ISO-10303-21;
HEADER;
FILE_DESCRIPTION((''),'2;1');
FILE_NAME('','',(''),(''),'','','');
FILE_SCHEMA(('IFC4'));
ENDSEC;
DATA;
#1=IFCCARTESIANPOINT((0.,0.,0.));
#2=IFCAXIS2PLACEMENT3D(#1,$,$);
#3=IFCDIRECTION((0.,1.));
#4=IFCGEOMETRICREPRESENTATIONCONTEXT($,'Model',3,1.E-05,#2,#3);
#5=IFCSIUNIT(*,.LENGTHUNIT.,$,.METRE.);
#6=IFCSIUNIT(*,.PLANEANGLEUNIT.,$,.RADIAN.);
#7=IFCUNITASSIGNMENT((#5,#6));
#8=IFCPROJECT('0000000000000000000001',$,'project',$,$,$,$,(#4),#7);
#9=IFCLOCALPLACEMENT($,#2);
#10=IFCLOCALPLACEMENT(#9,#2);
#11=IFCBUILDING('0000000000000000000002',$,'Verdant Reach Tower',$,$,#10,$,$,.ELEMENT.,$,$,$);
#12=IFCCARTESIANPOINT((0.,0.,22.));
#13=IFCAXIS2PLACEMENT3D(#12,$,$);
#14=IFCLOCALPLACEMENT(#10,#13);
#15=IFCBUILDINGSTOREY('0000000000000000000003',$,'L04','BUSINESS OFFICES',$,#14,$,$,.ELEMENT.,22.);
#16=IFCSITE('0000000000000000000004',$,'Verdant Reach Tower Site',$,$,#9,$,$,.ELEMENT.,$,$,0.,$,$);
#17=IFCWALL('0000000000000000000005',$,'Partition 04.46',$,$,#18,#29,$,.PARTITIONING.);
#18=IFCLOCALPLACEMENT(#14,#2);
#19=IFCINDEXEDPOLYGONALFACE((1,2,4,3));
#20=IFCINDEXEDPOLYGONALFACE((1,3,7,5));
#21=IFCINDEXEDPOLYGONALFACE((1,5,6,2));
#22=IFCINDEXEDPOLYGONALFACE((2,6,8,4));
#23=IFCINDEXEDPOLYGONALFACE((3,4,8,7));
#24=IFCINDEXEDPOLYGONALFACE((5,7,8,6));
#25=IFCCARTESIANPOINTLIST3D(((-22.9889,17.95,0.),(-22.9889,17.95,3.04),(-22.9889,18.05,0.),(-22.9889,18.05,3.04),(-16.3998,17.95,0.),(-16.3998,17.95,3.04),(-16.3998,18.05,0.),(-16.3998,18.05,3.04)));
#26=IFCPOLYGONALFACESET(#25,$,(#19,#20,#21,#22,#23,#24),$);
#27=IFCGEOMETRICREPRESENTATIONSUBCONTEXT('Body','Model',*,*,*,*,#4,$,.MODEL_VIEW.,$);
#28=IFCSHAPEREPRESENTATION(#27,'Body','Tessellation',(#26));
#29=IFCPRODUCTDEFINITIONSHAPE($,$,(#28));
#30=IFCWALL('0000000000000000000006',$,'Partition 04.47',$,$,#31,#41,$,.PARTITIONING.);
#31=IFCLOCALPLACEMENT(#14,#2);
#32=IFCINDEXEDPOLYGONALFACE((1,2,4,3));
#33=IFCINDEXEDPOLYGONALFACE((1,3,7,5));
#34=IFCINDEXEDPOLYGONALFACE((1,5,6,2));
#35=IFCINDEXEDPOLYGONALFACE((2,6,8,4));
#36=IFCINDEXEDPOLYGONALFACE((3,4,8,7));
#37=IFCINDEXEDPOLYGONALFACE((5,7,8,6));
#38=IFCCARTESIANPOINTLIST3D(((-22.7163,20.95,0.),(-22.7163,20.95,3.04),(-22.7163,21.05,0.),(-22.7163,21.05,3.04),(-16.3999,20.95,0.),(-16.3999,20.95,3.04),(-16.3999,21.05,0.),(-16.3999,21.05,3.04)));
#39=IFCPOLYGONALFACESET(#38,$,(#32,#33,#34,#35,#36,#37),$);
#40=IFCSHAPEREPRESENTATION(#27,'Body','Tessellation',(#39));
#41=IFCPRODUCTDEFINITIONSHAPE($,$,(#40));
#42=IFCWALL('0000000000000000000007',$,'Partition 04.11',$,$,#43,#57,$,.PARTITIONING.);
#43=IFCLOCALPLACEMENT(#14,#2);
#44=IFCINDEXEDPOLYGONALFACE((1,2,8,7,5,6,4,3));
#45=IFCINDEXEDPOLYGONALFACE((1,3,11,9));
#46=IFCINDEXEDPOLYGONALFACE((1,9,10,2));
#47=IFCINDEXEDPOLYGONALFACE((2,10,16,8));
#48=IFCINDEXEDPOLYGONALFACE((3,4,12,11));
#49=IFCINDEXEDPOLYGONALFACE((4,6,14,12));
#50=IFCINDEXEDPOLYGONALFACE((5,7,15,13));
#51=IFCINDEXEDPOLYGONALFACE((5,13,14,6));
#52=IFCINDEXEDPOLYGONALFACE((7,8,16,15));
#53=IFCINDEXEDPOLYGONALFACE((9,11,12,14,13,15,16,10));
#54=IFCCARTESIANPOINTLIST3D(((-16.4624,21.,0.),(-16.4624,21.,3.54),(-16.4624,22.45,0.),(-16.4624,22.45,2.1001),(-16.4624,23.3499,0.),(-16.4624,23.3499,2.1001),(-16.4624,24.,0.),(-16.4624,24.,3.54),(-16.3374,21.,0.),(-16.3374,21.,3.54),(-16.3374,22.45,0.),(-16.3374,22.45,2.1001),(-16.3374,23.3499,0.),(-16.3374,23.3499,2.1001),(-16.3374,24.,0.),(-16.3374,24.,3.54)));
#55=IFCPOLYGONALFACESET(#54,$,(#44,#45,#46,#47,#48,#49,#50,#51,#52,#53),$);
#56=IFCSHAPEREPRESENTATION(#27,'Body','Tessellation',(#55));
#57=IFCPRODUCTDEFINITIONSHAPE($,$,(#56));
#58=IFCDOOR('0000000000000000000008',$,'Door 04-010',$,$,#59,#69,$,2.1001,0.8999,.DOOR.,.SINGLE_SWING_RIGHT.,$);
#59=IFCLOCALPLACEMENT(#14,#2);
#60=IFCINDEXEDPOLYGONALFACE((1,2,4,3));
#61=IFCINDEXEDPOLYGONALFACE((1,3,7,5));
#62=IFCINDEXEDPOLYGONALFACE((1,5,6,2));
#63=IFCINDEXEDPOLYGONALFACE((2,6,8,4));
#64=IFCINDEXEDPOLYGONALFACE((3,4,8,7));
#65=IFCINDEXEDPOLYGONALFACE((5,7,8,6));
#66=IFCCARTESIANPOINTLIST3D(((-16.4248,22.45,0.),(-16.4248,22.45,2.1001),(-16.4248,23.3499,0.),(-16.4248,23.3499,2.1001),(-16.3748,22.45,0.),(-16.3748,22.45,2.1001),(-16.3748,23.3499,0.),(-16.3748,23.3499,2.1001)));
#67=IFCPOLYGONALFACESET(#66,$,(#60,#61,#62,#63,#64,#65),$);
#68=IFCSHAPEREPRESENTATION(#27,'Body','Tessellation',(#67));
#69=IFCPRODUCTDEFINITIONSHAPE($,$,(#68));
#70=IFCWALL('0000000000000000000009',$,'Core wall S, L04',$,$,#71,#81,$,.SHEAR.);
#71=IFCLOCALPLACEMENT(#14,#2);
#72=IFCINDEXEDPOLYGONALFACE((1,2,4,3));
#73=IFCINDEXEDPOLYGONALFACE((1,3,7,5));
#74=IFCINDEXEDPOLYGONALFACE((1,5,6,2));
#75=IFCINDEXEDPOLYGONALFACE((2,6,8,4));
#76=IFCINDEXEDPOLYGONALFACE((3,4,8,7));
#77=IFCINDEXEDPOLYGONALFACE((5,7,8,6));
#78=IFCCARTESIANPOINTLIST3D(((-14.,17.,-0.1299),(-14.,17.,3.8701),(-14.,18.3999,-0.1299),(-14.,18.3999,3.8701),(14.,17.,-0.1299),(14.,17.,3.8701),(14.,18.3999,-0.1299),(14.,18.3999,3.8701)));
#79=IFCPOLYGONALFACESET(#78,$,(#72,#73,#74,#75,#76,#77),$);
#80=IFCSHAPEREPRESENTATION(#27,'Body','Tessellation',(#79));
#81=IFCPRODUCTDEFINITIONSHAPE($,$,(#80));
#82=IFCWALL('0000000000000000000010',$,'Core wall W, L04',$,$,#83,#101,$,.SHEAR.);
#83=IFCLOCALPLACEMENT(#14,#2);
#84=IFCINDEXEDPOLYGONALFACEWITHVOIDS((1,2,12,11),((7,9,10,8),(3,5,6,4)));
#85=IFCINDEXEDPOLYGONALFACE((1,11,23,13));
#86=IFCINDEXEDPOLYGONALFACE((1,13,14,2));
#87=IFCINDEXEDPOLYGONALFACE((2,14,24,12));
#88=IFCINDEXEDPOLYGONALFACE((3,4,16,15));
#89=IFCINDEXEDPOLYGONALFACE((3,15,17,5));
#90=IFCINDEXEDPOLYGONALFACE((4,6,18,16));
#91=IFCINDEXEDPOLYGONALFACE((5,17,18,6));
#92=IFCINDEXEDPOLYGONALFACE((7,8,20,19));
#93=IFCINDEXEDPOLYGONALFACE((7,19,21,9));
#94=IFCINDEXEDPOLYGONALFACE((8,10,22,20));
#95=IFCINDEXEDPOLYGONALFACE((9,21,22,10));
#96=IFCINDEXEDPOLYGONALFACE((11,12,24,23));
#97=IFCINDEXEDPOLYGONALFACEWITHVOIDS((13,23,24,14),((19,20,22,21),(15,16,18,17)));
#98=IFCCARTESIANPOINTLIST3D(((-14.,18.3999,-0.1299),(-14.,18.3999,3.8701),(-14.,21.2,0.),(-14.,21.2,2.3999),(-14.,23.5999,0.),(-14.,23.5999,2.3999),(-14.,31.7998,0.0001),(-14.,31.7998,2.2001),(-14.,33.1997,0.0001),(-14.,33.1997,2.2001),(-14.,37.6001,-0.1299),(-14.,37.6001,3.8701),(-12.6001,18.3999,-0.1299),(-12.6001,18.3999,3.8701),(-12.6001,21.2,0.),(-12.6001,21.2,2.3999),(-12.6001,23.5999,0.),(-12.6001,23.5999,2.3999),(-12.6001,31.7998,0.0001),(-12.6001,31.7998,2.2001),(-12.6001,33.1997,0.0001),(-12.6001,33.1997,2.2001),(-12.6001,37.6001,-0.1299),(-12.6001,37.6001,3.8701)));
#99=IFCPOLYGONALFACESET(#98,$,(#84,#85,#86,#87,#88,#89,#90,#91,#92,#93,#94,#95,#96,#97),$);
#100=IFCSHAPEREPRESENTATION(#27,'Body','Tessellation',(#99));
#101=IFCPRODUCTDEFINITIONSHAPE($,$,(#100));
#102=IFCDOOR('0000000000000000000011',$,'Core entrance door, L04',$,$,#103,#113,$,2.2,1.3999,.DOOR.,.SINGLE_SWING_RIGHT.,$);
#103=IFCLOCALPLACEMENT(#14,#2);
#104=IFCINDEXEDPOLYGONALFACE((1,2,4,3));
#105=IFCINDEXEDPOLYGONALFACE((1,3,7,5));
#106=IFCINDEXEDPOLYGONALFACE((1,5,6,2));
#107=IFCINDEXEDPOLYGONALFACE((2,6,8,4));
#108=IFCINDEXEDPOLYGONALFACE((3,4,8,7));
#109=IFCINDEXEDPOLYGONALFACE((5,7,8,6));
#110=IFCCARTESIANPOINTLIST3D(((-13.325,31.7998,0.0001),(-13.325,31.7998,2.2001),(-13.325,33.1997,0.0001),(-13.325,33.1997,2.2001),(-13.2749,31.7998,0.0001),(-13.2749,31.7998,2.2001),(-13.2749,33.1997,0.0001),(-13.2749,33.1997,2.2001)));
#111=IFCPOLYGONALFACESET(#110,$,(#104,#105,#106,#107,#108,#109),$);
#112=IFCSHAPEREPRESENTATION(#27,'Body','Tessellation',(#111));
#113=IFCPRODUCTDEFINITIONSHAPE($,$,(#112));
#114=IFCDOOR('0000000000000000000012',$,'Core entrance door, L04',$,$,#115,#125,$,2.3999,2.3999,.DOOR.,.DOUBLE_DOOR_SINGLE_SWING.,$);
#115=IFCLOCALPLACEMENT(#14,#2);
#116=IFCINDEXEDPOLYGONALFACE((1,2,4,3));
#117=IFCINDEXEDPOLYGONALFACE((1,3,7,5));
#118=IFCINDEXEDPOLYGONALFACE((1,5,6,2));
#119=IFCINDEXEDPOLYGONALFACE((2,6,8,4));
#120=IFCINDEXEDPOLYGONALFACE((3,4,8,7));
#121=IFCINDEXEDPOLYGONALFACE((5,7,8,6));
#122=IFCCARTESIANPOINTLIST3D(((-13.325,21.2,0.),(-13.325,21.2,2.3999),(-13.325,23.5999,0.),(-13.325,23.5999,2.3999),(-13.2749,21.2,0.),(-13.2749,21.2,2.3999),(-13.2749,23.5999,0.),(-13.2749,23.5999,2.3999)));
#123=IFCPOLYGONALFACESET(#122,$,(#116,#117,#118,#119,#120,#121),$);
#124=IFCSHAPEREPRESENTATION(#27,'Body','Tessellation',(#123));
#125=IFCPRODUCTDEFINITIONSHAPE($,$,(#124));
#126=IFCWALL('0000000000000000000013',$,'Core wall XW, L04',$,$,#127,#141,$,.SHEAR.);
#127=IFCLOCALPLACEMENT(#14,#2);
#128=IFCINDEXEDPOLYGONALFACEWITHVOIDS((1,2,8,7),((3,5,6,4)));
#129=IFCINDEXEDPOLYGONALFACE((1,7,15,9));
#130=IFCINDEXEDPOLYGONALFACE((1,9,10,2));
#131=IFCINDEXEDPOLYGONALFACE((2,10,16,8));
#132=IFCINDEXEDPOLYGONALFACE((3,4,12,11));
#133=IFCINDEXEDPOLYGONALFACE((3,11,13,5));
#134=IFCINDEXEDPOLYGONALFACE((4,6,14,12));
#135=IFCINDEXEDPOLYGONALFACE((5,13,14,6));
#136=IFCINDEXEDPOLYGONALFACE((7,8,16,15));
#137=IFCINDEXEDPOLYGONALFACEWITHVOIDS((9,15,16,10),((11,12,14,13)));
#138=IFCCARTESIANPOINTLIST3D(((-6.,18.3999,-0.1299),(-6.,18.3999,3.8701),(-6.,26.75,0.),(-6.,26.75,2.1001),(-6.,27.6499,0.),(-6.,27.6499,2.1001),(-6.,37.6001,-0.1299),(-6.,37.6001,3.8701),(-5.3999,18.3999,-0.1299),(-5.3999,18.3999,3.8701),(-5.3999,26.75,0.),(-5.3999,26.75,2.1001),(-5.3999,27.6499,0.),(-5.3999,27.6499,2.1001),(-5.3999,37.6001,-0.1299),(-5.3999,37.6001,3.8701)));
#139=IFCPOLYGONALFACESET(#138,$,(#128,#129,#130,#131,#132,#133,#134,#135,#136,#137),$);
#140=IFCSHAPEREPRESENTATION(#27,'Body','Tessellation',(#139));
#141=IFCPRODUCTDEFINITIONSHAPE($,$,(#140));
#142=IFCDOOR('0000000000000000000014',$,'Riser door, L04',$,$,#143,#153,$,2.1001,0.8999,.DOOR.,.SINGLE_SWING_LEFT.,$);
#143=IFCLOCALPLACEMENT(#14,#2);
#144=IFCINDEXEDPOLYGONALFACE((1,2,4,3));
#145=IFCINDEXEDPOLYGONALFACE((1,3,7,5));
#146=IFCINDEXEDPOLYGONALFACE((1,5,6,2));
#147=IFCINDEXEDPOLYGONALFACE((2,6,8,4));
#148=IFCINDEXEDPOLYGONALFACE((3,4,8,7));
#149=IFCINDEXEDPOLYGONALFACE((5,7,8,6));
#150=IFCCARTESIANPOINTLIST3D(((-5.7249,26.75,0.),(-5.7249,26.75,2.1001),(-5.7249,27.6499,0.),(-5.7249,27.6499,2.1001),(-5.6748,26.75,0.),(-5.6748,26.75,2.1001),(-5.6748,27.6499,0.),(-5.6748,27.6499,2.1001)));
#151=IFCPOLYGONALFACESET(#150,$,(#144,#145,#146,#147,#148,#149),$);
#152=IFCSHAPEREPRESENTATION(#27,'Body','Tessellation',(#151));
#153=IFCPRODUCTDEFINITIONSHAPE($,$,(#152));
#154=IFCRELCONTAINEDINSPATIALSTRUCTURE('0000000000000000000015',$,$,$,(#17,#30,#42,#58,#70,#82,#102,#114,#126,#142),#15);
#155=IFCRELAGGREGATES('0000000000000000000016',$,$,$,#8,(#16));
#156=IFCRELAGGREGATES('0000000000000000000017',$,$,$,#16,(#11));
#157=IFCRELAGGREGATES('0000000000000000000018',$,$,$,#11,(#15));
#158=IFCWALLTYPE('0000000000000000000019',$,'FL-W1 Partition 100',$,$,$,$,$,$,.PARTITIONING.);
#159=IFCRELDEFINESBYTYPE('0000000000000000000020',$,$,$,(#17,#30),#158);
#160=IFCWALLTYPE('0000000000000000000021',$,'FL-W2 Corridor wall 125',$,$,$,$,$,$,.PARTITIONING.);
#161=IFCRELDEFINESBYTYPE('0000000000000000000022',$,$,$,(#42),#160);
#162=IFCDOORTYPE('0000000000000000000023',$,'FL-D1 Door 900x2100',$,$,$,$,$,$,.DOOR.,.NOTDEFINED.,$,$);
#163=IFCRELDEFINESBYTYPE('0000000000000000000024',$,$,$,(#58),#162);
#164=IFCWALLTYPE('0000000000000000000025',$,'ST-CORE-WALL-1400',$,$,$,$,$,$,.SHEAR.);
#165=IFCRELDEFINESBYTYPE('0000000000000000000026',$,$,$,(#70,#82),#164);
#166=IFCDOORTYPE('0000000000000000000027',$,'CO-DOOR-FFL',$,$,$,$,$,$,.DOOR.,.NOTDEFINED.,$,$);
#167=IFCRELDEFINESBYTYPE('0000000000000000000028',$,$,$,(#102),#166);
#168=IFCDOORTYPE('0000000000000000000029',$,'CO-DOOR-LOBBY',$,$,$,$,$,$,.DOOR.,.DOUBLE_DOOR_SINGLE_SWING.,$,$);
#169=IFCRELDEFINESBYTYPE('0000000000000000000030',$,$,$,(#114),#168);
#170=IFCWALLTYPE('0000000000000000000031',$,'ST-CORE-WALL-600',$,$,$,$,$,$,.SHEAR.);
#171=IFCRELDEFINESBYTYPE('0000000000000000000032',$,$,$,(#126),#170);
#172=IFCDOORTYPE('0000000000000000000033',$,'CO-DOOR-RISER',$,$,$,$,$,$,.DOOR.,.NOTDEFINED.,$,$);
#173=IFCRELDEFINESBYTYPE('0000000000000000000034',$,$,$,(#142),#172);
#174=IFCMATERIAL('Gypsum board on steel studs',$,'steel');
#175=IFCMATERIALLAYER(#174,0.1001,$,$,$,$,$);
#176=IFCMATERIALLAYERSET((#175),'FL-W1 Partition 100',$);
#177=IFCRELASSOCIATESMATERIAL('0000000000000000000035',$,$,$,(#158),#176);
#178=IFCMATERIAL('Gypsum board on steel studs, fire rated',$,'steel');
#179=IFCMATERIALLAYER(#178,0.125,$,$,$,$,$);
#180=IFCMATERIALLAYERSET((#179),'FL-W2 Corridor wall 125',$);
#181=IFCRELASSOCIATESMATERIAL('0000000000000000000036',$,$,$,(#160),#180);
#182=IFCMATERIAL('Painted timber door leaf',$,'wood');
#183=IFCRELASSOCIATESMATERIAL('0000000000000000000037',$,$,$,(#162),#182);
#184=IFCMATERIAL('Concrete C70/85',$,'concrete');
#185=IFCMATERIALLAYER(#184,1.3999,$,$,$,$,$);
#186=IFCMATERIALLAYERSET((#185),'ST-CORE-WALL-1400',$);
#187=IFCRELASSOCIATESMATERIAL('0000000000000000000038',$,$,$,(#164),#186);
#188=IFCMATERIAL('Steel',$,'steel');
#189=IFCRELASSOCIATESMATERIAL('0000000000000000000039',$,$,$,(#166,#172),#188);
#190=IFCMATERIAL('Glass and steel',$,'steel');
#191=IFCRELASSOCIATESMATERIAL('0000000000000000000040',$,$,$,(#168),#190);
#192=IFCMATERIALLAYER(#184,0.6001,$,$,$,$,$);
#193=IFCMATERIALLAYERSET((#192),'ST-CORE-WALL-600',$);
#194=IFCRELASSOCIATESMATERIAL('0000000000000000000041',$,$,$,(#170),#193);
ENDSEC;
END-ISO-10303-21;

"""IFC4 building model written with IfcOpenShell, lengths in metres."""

from ifc_helpers import new_model, si_unit, direction, frame, frame_2d, origin, place, context, subcontext, project, spatial, rectangle, extrude, material, layer, layer_set, type_object, element, fill, save


model = new_model("IFC4")

# Units and contexts
model_context = context("Model", 3, precision=1e-05, world=origin(), true_north=direction((0.0, 1.0)))
body_context = subcontext(model_context, "Body", "Model", "MODEL_VIEW")
ifc_project = project(units=[si_unit("LENGTHUNIT", "METRE"), si_unit("PLANEANGLEUNIT", "RADIAN")], contexts=[model_context])

# Site, building, storey
site_placement = place(None, origin())
site = spatial("IfcSite", under=ifc_project, at=site_placement, Name="Verdant Reach Tower Site", CompositionType="ELEMENT", RefElevation=0.0)
building_placement = place(site_placement, origin())
building = spatial("IfcBuilding", under=site, at=building_placement, Name="Verdant Reach Tower", CompositionType="ELEMENT")
storey_placement = place(building_placement, frame((0.0, 0.0, 22.0)))
storey = spatial("IfcBuildingStorey", under=building, at=storey_placement, Name="L04", Description="BUSINESS OFFICES", CompositionType="ELEMENT", Elevation=22.0)

# Shared definitions
ifc_material_1 = material(Name="Gypsum board on steel studs", Category="steel")

# Walls
ifc_layer_1 = layer(ifc_material_1, 0.1001)
ifc_layer_set_1 = layer_set([ifc_layer_1], Name="FL-W1 Partition 100")
wall_type_1 = type_object("IfcWallType", Name="FL-W1 Partition 100", PredefinedType="PARTITIONING", material=ifc_layer_set_1)
wall_1_placement = place(storey_placement, frame((-16.3999, 18.0, 0.0), z_axis=(0.0, 0.0, 1.0), x_axis=(-1.0, 0.0, 0.0)))
element("IfcWall", 1, at=wall_1_placement, inside=storey, type_object=wall_type_1, Name="Partition 04.46", PredefinedType="PARTITIONING", context=body_context, shape_type="SweptSolid", body=[
    extrude(rectangle(XDim=6.5891, YDim=0.1001, at=frame_2d((3.2944, 0.0))), origin(), (0.0, 0.0, 1.0), 3.04),
])
wall_2_placement = place(storey_placement, frame((-16.3999, 21.0, 0.0), z_axis=(0.0, 0.0, 1.0), x_axis=(-1.0, 0.0, 0.0)))
element("IfcWall", 2, at=wall_2_placement, inside=storey, type_object=wall_type_1, Name="Partition 04.47", PredefinedType="PARTITIONING", context=body_context, shape_type="SweptSolid", body=[
    extrude(rectangle(XDim=6.3164, YDim=0.1001, at=frame_2d((3.1582, 0.0))), origin(), (0.0, 0.0, 1.0), 3.04),
])

# Wall, opening, door
ifc_material_2 = material(Name="Gypsum board on steel studs, fire rated", Category="steel")
ifc_layer_2 = layer(ifc_material_2, 0.125)
ifc_layer_set_2 = layer_set([ifc_layer_2], Name="FL-W2 Corridor wall 125")
wall_type_2 = type_object("IfcWallType", Name="FL-W2 Corridor wall 125", PredefinedType="PARTITIONING", material=ifc_layer_set_2)
wall_3_placement = place(storey_placement, frame((-16.3999, 21.0, 0.0), z_axis=(0.0, 0.0, 1.0), x_axis=(0.0, 1.0, 0.0)))
wall_3 = element("IfcWall", 3, at=wall_3_placement, inside=storey, type_object=wall_type_2, Name="Partition 04.11", PredefinedType="PARTITIONING", context=body_context, shape_type="SweptSolid", body=[
    extrude(rectangle(XDim=3.0, YDim=0.125, at=frame_2d((1.5, 0.0))), origin(), (0.0, 0.0, 1.0), 3.54),
])
opening_1_placement = place(wall_3_placement, frame((1.45, 0.0, 0.0)))
opening_1 = element("IfcOpeningElement", 4, at=opening_1_placement, cuts=wall_3, PredefinedType="OPENING", context=body_context, shape_type="SweptSolid", body=[
    extrude(rectangle(XDim=0.8999, YDim=2.1001, at=frame_2d((0.45, 1.05))), frame((0.0, 0.0725, 0.0), z_axis=(0.0, -1.0, 0.0), x_axis=(1.0, 0.0, 0.0)), (0.0, 0.0, 1.0), 0.145),
])
ifc_material_3 = material(Name="Painted timber door leaf", Category="wood")
door_type_1 = type_object("IfcDoorType", Name="FL-D1 Door 900x2100", OperationType="NOTDEFINED", PredefinedType="DOOR", material=ifc_material_3)
door_1_placement = place(opening_1_placement, origin())
door_1 = element("IfcDoor", 5, at=door_1_placement, inside=storey, type_object=door_type_1, Name="Door 04-010", OperationType="SINGLE_SWING_RIGHT", OverallHeight=2.1001, OverallWidth=0.8999, PredefinedType="DOOR", context=body_context, shape_type="SweptSolid", body=[
    extrude(rectangle(XDim=0.8999, YDim=2.1001, at=frame_2d((0.45, 1.05))), frame((0.0, 0.0249, 0.0), z_axis=(0.0, -1.0, 0.0), x_axis=(1.0, 0.0, 0.0)), (0.0, 0.0, 1.0), 0.05),
])
fill(opening_1, door_1)

# Wall
ifc_material_4 = material(Name="Concrete C70/85", Category="concrete")
ifc_layer_3 = layer(ifc_material_4, 1.3999)
ifc_layer_set_3 = layer_set([ifc_layer_3], Name="ST-CORE-WALL-1400")
wall_type_3 = type_object("IfcWallType", Name="ST-CORE-WALL-1400", PredefinedType="SHEAR", material=ifc_layer_set_3)
wall_4_placement = place(storey_placement, frame((-14.0, 17.7, -0.1299), z_axis=(0.0, 0.0, 1.0), x_axis=(1.0, 0.0, 0.0)))
element("IfcWall", 6, at=wall_4_placement, inside=storey, type_object=wall_type_3, Name="Core wall S, L04", PredefinedType="SHEAR", context=body_context, shape_type="SweptSolid", body=[
    extrude(rectangle(XDim=28.0, YDim=1.3999, at=frame_2d((14.0, 0.0))), origin(), (0.0, 0.0, 1.0), 4.0),
])

# Wall, openings, doors
wall_5_placement = place(storey_placement, frame((-13.3, 18.3999, -0.1299), z_axis=(0.0, 0.0, 1.0), x_axis=(0.0, 1.0, 0.0)))
wall_5 = element("IfcWall", 7, at=wall_5_placement, inside=storey, type_object=wall_type_3, Name="Core wall W, L04", PredefinedType="SHEAR", context=body_context, shape_type="SweptSolid", body=[
    extrude(rectangle(XDim=19.2002, YDim=1.3999, at=frame_2d((9.6001, 0.0))), origin(), (0.0, 0.0, 1.0), 4.0),
])
opening_2_placement = place(wall_5_placement, frame((2.8, 0.0, 0.1299)))
opening_2 = element("IfcOpeningElement", 8, at=opening_2_placement, cuts=wall_5, PredefinedType="OPENING", context=body_context, shape_type="SweptSolid", body=[
    extrude(rectangle(XDim=2.3999, YDim=2.3999, at=frame_2d((1.2, 1.2))), frame((0.0, 0.71, 0.0), z_axis=(0.0, -1.0, 0.0), x_axis=(1.0, 0.0, 0.0)), (0.0, 0.0, 1.0), 1.4199),
])
opening_3_placement = place(wall_5_placement, frame((13.3999, 0.0, 0.1299)))
opening_3 = element("IfcOpeningElement", 9, at=opening_3_placement, cuts=wall_5, PredefinedType="OPENING", context=body_context, shape_type="SweptSolid", body=[
    extrude(rectangle(XDim=1.3999, YDim=2.2, at=frame_2d((0.7, 1.1001))), frame((0.0, 0.71, 0.0), z_axis=(0.0, -1.0, 0.0), x_axis=(1.0, 0.0, 0.0)), (0.0, 0.0, 1.0), 1.4199),
])
ifc_material_5 = material(Name="Steel", Category="steel")
door_type_2 = type_object("IfcDoorType", Name="CO-DOOR-FFL", OperationType="NOTDEFINED", PredefinedType="DOOR", material=ifc_material_5)
door_2_placement = place(opening_3_placement, origin())
door_2 = element("IfcDoor", 10, at=door_2_placement, inside=storey, type_object=door_type_2, Name="Core entrance door, L04", OperationType="SINGLE_SWING_RIGHT", OverallHeight=2.2, OverallWidth=1.3999, PredefinedType="DOOR", context=body_context, shape_type="SweptSolid", body=[
    extrude(rectangle(XDim=1.3999, YDim=2.2, at=frame_2d((0.7, 1.1001))), frame((0.0, 0.0249, 0.0), z_axis=(0.0, -1.0, 0.0), x_axis=(1.0, 0.0, 0.0)), (0.0, 0.0, 1.0), 0.05),
])
fill(opening_3, door_2)
ifc_material_6 = material(Name="Glass and steel", Category="steel")
door_type_3 = type_object("IfcDoorType", Name="CO-DOOR-LOBBY", OperationType="DOUBLE_DOOR_SINGLE_SWING", PredefinedType="DOOR", material=ifc_material_6)
door_3_placement = place(opening_2_placement, origin())
door_3 = element("IfcDoor", 11, at=door_3_placement, inside=storey, type_object=door_type_3, Name="Core entrance door, L04", OperationType="DOUBLE_DOOR_SINGLE_SWING", OverallHeight=2.3999, OverallWidth=2.3999, PredefinedType="DOOR", context=body_context, shape_type="SweptSolid", body=[
    extrude(rectangle(XDim=2.3999, YDim=2.3999, at=frame_2d((1.2, 1.2))), frame((0.0, 0.0249, 0.0), z_axis=(0.0, -1.0, 0.0), x_axis=(1.0, 0.0, 0.0)), (0.0, 0.0, 1.0), 0.05),
])
fill(opening_2, door_3)

# Wall, opening, door
ifc_layer_4 = layer(ifc_material_4, 0.6001)
ifc_layer_set_4 = layer_set([ifc_layer_4], Name="ST-CORE-WALL-600")
wall_type_4 = type_object("IfcWallType", Name="ST-CORE-WALL-600", PredefinedType="SHEAR", material=ifc_layer_set_4)
wall_6_placement = place(storey_placement, frame((-5.7, 18.3999, -0.1299), z_axis=(0.0, 0.0, 1.0), x_axis=(0.0, 1.0, 0.0)))
wall_6 = element("IfcWall", 12, at=wall_6_placement, inside=storey, type_object=wall_type_4, Name="Core wall XW, L04", PredefinedType="SHEAR", context=body_context, shape_type="SweptSolid", body=[
    extrude(rectangle(XDim=19.2002, YDim=0.6001, at=frame_2d((9.6001, 0.0))), origin(), (0.0, 0.0, 1.0), 4.0),
])
opening_4_placement = place(wall_6_placement, frame((8.3501, 0.0, 0.1299)))
opening_4 = element("IfcOpeningElement", 13, at=opening_4_placement, cuts=wall_6, PredefinedType="OPENING", context=body_context, shape_type="SweptSolid", body=[
    extrude(rectangle(XDim=0.8999, YDim=2.1001, at=frame_2d((0.45, 1.05))), frame((0.0, 0.3101, 0.0), z_axis=(0.0, -1.0, 0.0), x_axis=(1.0, 0.0, 0.0)), (0.0, 0.0, 1.0), 0.6201),
])
door_type_4 = type_object("IfcDoorType", Name="CO-DOOR-RISER", OperationType="NOTDEFINED", PredefinedType="DOOR", material=ifc_material_5)
door_4_placement = place(opening_4_placement, origin())
door_4 = element("IfcDoor", 14, at=door_4_placement, inside=storey, type_object=door_type_4, Name="Riser door, L04", OperationType="SINGLE_SWING_LEFT", OverallHeight=2.1001, OverallWidth=0.8999, PredefinedType="DOOR", context=body_context, shape_type="SweptSolid", body=[
    extrude(rectangle(XDim=0.8999, YDim=2.1001, at=frame_2d((0.45, 1.05))), frame((0.0, 0.0249, 0.0), z_axis=(0.0, -1.0, 0.0), x_axis=(1.0, 0.0, 0.0)), (0.0, 0.0, 1.0), 0.05),
])
fill(opening_4, door_4)

save(model, "model.ifc")
